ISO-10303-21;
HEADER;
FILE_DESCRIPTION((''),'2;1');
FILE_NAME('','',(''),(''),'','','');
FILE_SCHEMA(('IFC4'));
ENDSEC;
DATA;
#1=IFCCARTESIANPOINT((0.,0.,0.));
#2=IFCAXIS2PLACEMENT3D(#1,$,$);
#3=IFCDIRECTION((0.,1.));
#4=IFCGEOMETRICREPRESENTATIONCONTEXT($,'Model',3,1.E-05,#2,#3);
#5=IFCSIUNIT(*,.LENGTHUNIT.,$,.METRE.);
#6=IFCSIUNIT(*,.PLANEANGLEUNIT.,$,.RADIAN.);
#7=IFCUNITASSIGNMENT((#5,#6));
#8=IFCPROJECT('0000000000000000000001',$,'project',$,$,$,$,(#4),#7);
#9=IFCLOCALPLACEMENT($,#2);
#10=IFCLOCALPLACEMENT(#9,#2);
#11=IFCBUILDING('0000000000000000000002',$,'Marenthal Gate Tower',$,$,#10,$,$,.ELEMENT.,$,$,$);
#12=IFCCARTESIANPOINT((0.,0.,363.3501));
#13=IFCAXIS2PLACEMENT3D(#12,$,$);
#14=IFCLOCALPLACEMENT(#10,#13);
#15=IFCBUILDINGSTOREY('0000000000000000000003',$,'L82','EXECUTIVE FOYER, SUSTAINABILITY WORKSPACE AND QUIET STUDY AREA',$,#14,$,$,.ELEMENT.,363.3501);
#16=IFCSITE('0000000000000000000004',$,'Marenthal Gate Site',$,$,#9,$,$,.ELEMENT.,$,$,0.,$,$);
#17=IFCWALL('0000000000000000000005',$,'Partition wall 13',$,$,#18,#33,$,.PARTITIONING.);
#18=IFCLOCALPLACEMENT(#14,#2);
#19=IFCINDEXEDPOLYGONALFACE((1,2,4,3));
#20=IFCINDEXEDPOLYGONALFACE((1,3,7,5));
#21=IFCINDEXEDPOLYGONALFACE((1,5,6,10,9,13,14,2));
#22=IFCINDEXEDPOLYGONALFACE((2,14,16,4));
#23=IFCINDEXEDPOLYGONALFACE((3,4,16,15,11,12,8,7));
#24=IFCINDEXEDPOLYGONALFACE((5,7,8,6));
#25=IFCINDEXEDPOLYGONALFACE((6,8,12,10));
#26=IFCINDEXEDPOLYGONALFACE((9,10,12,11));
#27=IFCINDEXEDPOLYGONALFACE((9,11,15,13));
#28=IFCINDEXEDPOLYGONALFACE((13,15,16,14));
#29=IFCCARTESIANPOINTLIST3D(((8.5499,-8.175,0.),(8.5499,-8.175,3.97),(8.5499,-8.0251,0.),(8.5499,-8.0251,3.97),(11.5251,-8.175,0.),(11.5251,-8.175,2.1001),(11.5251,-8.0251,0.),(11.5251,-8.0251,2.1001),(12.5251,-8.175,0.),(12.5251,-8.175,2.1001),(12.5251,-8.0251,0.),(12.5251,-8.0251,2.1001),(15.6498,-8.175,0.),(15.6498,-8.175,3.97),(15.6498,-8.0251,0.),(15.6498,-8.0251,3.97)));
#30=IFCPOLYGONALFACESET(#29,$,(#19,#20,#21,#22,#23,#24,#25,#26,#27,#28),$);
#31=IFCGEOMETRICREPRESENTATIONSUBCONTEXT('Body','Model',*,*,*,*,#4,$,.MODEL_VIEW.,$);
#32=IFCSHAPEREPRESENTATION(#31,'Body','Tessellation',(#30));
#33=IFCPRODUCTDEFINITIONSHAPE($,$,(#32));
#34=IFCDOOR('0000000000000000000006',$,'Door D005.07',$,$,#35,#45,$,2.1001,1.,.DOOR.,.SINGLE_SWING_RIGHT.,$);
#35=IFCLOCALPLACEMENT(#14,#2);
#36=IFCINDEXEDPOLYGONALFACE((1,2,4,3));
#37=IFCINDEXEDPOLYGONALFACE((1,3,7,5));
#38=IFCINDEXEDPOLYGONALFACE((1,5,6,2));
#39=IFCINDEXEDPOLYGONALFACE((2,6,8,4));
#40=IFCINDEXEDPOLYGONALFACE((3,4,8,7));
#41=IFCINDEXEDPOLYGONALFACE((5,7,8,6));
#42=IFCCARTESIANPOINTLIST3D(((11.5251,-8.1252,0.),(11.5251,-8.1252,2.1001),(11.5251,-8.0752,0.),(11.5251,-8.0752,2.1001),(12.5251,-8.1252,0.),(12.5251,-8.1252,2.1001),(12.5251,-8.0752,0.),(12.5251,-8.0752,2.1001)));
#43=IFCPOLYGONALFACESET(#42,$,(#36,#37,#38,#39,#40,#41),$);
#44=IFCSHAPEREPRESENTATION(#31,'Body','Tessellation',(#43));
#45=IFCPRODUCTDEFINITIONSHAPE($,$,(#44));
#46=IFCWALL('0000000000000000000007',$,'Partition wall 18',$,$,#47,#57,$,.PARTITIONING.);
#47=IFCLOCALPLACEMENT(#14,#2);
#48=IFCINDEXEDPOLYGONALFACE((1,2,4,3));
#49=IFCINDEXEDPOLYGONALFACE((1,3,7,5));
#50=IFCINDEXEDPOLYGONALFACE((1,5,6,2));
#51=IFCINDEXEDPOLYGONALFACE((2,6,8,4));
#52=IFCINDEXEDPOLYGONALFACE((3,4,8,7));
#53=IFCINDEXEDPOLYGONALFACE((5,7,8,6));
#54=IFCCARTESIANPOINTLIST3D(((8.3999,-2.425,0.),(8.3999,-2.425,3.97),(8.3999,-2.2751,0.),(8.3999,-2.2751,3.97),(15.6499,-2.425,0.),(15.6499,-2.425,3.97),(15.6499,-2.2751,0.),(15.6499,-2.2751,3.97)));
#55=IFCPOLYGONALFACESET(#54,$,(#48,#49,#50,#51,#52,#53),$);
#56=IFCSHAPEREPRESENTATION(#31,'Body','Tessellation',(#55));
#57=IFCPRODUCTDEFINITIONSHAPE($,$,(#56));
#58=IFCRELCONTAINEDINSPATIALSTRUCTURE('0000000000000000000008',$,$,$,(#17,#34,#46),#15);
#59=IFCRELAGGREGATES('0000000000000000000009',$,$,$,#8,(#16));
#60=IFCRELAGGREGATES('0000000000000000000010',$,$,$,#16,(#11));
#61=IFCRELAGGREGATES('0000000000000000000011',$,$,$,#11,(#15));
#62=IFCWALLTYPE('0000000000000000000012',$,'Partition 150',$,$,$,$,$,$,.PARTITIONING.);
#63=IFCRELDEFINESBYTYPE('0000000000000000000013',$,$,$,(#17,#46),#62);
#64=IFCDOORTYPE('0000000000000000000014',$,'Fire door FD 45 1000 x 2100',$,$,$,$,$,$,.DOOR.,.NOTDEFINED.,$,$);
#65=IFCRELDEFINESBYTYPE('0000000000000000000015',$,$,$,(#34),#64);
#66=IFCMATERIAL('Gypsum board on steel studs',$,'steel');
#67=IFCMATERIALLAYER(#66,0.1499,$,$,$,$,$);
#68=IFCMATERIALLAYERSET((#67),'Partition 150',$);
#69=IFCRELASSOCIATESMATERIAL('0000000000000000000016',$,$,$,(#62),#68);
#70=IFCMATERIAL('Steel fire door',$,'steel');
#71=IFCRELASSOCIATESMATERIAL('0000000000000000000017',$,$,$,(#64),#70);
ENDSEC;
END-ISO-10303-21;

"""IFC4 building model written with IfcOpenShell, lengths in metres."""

from ifc_helpers import new_model, si_unit, direction, frame, frame_2d, origin, place, context, subcontext, project, spatial, rectangle, extrude, material, layer, layer_set, type_object, element, fill, save


model = new_model("IFC4")

# Units and contexts
model_context = context("Model", 3, precision=1e-05, world=origin(), true_north=direction((0.0, 1.0)))
body_context = subcontext(model_context, "Body", "Model", "MODEL_VIEW")
ifc_project = project(units=[si_unit("LENGTHUNIT", "METRE"), si_unit("PLANEANGLEUNIT", "RADIAN")], contexts=[model_context])

# Site, building, storey
site_placement = place(None, origin())
site = spatial("IfcSite", under=ifc_project, at=site_placement, Name="Marenthal Gate Site", CompositionType="ELEMENT", RefElevation=0.0)
building_placement = place(site_placement, origin())
building = spatial("IfcBuilding", under=site, at=building_placement, Name="Marenthal Gate Tower", CompositionType="ELEMENT")
storey_placement = place(building_placement, frame((0.0, 0.0, 363.3501)))
storey = spatial("IfcBuildingStorey", under=building, at=storey_placement, Name="L82", Description="EXECUTIVE FOYER, SUSTAINABILITY WORKSPACE AND QUIET STUDY AREA", CompositionType="ELEMENT", Elevation=363.3501)

# Wall, opening, door
ifc_material_1 = material(Name="Gypsum board on steel studs", Category="steel")
ifc_layer_1 = layer(ifc_material_1, 0.1499)
ifc_layer_set_1 = layer_set([ifc_layer_1], Name="Partition 150")
wall_type_1 = type_object("IfcWallType", Name="Partition 150", PredefinedType="PARTITIONING", material=ifc_layer_set_1)
wall_1_placement = place(storey_placement, frame((8.55, -8.1001, 0.0), z_axis=(0.0, 0.0, 1.0), x_axis=(1.0, 0.0, 0.0)))
wall_1 = element("IfcWall", 1, at=wall_1_placement, inside=storey, type_object=wall_type_1, Name="Partition wall 13", PredefinedType="PARTITIONING", context=body_context, shape_type="SweptSolid", body=[
    extrude(rectangle(XDim=7.0999, YDim=0.1499, at=frame_2d((3.5498, 0.0))), origin(), (0.0, 0.0, 1.0), 3.97),
])
opening_placement = place(wall_1_placement, frame((2.9751, 0.0, 0.0)))
opening = element("IfcOpeningElement", 2, at=opening_placement, cuts=wall_1, PredefinedType="OPENING", context=body_context, shape_type="SweptSolid", body=[
    extrude(rectangle(XDim=1.0, YDim=2.1001, at=frame_2d((0.5, 1.05))), frame((0.0, 0.085, 0.0), z_axis=(0.0, -1.0, 0.0), x_axis=(1.0, 0.0, 0.0)), (0.0, 0.0, 1.0), 0.1699),
])
ifc_material_2 = material(Name="Steel fire door", Category="steel")
door_type = type_object("IfcDoorType", Name="Fire door FD 45 1000 x 2100", OperationType="NOTDEFINED", PredefinedType="DOOR", material=ifc_material_2)
door_placement = place(opening_placement, origin())
door = element("IfcDoor", 3, at=door_placement, inside=storey, type_object=door_type, Name="Door D005.07", OperationType="SINGLE_SWING_RIGHT", OverallHeight=2.1001, OverallWidth=1.0, PredefinedType="DOOR", context=body_context, shape_type="SweptSolid", body=[
    extrude(rectangle(XDim=1.0, YDim=2.1001, at=frame_2d((0.5, 1.05))), frame((0.0, 0.0249, 0.0), z_axis=(0.0, -1.0, 0.0), x_axis=(1.0, 0.0, 0.0)), (0.0, 0.0, 1.0), 0.05),
])
fill(opening, door)

# Wall
wall_2_placement = place(storey_placement, frame((8.3999, -2.3501, 0.0), z_axis=(0.0, 0.0, 1.0), x_axis=(1.0, 0.0, 0.0)))
element("IfcWall", 4, at=wall_2_placement, inside=storey, type_object=wall_type_1, Name="Partition wall 18", PredefinedType="PARTITIONING", context=body_context, shape_type="SweptSolid", body=[
    extrude(rectangle(XDim=7.25, YDim=0.1499, at=frame_2d((3.625, 0.0))), origin(), (0.0, 0.0, 1.0), 3.97),
])

save(model, "model.ifc")
